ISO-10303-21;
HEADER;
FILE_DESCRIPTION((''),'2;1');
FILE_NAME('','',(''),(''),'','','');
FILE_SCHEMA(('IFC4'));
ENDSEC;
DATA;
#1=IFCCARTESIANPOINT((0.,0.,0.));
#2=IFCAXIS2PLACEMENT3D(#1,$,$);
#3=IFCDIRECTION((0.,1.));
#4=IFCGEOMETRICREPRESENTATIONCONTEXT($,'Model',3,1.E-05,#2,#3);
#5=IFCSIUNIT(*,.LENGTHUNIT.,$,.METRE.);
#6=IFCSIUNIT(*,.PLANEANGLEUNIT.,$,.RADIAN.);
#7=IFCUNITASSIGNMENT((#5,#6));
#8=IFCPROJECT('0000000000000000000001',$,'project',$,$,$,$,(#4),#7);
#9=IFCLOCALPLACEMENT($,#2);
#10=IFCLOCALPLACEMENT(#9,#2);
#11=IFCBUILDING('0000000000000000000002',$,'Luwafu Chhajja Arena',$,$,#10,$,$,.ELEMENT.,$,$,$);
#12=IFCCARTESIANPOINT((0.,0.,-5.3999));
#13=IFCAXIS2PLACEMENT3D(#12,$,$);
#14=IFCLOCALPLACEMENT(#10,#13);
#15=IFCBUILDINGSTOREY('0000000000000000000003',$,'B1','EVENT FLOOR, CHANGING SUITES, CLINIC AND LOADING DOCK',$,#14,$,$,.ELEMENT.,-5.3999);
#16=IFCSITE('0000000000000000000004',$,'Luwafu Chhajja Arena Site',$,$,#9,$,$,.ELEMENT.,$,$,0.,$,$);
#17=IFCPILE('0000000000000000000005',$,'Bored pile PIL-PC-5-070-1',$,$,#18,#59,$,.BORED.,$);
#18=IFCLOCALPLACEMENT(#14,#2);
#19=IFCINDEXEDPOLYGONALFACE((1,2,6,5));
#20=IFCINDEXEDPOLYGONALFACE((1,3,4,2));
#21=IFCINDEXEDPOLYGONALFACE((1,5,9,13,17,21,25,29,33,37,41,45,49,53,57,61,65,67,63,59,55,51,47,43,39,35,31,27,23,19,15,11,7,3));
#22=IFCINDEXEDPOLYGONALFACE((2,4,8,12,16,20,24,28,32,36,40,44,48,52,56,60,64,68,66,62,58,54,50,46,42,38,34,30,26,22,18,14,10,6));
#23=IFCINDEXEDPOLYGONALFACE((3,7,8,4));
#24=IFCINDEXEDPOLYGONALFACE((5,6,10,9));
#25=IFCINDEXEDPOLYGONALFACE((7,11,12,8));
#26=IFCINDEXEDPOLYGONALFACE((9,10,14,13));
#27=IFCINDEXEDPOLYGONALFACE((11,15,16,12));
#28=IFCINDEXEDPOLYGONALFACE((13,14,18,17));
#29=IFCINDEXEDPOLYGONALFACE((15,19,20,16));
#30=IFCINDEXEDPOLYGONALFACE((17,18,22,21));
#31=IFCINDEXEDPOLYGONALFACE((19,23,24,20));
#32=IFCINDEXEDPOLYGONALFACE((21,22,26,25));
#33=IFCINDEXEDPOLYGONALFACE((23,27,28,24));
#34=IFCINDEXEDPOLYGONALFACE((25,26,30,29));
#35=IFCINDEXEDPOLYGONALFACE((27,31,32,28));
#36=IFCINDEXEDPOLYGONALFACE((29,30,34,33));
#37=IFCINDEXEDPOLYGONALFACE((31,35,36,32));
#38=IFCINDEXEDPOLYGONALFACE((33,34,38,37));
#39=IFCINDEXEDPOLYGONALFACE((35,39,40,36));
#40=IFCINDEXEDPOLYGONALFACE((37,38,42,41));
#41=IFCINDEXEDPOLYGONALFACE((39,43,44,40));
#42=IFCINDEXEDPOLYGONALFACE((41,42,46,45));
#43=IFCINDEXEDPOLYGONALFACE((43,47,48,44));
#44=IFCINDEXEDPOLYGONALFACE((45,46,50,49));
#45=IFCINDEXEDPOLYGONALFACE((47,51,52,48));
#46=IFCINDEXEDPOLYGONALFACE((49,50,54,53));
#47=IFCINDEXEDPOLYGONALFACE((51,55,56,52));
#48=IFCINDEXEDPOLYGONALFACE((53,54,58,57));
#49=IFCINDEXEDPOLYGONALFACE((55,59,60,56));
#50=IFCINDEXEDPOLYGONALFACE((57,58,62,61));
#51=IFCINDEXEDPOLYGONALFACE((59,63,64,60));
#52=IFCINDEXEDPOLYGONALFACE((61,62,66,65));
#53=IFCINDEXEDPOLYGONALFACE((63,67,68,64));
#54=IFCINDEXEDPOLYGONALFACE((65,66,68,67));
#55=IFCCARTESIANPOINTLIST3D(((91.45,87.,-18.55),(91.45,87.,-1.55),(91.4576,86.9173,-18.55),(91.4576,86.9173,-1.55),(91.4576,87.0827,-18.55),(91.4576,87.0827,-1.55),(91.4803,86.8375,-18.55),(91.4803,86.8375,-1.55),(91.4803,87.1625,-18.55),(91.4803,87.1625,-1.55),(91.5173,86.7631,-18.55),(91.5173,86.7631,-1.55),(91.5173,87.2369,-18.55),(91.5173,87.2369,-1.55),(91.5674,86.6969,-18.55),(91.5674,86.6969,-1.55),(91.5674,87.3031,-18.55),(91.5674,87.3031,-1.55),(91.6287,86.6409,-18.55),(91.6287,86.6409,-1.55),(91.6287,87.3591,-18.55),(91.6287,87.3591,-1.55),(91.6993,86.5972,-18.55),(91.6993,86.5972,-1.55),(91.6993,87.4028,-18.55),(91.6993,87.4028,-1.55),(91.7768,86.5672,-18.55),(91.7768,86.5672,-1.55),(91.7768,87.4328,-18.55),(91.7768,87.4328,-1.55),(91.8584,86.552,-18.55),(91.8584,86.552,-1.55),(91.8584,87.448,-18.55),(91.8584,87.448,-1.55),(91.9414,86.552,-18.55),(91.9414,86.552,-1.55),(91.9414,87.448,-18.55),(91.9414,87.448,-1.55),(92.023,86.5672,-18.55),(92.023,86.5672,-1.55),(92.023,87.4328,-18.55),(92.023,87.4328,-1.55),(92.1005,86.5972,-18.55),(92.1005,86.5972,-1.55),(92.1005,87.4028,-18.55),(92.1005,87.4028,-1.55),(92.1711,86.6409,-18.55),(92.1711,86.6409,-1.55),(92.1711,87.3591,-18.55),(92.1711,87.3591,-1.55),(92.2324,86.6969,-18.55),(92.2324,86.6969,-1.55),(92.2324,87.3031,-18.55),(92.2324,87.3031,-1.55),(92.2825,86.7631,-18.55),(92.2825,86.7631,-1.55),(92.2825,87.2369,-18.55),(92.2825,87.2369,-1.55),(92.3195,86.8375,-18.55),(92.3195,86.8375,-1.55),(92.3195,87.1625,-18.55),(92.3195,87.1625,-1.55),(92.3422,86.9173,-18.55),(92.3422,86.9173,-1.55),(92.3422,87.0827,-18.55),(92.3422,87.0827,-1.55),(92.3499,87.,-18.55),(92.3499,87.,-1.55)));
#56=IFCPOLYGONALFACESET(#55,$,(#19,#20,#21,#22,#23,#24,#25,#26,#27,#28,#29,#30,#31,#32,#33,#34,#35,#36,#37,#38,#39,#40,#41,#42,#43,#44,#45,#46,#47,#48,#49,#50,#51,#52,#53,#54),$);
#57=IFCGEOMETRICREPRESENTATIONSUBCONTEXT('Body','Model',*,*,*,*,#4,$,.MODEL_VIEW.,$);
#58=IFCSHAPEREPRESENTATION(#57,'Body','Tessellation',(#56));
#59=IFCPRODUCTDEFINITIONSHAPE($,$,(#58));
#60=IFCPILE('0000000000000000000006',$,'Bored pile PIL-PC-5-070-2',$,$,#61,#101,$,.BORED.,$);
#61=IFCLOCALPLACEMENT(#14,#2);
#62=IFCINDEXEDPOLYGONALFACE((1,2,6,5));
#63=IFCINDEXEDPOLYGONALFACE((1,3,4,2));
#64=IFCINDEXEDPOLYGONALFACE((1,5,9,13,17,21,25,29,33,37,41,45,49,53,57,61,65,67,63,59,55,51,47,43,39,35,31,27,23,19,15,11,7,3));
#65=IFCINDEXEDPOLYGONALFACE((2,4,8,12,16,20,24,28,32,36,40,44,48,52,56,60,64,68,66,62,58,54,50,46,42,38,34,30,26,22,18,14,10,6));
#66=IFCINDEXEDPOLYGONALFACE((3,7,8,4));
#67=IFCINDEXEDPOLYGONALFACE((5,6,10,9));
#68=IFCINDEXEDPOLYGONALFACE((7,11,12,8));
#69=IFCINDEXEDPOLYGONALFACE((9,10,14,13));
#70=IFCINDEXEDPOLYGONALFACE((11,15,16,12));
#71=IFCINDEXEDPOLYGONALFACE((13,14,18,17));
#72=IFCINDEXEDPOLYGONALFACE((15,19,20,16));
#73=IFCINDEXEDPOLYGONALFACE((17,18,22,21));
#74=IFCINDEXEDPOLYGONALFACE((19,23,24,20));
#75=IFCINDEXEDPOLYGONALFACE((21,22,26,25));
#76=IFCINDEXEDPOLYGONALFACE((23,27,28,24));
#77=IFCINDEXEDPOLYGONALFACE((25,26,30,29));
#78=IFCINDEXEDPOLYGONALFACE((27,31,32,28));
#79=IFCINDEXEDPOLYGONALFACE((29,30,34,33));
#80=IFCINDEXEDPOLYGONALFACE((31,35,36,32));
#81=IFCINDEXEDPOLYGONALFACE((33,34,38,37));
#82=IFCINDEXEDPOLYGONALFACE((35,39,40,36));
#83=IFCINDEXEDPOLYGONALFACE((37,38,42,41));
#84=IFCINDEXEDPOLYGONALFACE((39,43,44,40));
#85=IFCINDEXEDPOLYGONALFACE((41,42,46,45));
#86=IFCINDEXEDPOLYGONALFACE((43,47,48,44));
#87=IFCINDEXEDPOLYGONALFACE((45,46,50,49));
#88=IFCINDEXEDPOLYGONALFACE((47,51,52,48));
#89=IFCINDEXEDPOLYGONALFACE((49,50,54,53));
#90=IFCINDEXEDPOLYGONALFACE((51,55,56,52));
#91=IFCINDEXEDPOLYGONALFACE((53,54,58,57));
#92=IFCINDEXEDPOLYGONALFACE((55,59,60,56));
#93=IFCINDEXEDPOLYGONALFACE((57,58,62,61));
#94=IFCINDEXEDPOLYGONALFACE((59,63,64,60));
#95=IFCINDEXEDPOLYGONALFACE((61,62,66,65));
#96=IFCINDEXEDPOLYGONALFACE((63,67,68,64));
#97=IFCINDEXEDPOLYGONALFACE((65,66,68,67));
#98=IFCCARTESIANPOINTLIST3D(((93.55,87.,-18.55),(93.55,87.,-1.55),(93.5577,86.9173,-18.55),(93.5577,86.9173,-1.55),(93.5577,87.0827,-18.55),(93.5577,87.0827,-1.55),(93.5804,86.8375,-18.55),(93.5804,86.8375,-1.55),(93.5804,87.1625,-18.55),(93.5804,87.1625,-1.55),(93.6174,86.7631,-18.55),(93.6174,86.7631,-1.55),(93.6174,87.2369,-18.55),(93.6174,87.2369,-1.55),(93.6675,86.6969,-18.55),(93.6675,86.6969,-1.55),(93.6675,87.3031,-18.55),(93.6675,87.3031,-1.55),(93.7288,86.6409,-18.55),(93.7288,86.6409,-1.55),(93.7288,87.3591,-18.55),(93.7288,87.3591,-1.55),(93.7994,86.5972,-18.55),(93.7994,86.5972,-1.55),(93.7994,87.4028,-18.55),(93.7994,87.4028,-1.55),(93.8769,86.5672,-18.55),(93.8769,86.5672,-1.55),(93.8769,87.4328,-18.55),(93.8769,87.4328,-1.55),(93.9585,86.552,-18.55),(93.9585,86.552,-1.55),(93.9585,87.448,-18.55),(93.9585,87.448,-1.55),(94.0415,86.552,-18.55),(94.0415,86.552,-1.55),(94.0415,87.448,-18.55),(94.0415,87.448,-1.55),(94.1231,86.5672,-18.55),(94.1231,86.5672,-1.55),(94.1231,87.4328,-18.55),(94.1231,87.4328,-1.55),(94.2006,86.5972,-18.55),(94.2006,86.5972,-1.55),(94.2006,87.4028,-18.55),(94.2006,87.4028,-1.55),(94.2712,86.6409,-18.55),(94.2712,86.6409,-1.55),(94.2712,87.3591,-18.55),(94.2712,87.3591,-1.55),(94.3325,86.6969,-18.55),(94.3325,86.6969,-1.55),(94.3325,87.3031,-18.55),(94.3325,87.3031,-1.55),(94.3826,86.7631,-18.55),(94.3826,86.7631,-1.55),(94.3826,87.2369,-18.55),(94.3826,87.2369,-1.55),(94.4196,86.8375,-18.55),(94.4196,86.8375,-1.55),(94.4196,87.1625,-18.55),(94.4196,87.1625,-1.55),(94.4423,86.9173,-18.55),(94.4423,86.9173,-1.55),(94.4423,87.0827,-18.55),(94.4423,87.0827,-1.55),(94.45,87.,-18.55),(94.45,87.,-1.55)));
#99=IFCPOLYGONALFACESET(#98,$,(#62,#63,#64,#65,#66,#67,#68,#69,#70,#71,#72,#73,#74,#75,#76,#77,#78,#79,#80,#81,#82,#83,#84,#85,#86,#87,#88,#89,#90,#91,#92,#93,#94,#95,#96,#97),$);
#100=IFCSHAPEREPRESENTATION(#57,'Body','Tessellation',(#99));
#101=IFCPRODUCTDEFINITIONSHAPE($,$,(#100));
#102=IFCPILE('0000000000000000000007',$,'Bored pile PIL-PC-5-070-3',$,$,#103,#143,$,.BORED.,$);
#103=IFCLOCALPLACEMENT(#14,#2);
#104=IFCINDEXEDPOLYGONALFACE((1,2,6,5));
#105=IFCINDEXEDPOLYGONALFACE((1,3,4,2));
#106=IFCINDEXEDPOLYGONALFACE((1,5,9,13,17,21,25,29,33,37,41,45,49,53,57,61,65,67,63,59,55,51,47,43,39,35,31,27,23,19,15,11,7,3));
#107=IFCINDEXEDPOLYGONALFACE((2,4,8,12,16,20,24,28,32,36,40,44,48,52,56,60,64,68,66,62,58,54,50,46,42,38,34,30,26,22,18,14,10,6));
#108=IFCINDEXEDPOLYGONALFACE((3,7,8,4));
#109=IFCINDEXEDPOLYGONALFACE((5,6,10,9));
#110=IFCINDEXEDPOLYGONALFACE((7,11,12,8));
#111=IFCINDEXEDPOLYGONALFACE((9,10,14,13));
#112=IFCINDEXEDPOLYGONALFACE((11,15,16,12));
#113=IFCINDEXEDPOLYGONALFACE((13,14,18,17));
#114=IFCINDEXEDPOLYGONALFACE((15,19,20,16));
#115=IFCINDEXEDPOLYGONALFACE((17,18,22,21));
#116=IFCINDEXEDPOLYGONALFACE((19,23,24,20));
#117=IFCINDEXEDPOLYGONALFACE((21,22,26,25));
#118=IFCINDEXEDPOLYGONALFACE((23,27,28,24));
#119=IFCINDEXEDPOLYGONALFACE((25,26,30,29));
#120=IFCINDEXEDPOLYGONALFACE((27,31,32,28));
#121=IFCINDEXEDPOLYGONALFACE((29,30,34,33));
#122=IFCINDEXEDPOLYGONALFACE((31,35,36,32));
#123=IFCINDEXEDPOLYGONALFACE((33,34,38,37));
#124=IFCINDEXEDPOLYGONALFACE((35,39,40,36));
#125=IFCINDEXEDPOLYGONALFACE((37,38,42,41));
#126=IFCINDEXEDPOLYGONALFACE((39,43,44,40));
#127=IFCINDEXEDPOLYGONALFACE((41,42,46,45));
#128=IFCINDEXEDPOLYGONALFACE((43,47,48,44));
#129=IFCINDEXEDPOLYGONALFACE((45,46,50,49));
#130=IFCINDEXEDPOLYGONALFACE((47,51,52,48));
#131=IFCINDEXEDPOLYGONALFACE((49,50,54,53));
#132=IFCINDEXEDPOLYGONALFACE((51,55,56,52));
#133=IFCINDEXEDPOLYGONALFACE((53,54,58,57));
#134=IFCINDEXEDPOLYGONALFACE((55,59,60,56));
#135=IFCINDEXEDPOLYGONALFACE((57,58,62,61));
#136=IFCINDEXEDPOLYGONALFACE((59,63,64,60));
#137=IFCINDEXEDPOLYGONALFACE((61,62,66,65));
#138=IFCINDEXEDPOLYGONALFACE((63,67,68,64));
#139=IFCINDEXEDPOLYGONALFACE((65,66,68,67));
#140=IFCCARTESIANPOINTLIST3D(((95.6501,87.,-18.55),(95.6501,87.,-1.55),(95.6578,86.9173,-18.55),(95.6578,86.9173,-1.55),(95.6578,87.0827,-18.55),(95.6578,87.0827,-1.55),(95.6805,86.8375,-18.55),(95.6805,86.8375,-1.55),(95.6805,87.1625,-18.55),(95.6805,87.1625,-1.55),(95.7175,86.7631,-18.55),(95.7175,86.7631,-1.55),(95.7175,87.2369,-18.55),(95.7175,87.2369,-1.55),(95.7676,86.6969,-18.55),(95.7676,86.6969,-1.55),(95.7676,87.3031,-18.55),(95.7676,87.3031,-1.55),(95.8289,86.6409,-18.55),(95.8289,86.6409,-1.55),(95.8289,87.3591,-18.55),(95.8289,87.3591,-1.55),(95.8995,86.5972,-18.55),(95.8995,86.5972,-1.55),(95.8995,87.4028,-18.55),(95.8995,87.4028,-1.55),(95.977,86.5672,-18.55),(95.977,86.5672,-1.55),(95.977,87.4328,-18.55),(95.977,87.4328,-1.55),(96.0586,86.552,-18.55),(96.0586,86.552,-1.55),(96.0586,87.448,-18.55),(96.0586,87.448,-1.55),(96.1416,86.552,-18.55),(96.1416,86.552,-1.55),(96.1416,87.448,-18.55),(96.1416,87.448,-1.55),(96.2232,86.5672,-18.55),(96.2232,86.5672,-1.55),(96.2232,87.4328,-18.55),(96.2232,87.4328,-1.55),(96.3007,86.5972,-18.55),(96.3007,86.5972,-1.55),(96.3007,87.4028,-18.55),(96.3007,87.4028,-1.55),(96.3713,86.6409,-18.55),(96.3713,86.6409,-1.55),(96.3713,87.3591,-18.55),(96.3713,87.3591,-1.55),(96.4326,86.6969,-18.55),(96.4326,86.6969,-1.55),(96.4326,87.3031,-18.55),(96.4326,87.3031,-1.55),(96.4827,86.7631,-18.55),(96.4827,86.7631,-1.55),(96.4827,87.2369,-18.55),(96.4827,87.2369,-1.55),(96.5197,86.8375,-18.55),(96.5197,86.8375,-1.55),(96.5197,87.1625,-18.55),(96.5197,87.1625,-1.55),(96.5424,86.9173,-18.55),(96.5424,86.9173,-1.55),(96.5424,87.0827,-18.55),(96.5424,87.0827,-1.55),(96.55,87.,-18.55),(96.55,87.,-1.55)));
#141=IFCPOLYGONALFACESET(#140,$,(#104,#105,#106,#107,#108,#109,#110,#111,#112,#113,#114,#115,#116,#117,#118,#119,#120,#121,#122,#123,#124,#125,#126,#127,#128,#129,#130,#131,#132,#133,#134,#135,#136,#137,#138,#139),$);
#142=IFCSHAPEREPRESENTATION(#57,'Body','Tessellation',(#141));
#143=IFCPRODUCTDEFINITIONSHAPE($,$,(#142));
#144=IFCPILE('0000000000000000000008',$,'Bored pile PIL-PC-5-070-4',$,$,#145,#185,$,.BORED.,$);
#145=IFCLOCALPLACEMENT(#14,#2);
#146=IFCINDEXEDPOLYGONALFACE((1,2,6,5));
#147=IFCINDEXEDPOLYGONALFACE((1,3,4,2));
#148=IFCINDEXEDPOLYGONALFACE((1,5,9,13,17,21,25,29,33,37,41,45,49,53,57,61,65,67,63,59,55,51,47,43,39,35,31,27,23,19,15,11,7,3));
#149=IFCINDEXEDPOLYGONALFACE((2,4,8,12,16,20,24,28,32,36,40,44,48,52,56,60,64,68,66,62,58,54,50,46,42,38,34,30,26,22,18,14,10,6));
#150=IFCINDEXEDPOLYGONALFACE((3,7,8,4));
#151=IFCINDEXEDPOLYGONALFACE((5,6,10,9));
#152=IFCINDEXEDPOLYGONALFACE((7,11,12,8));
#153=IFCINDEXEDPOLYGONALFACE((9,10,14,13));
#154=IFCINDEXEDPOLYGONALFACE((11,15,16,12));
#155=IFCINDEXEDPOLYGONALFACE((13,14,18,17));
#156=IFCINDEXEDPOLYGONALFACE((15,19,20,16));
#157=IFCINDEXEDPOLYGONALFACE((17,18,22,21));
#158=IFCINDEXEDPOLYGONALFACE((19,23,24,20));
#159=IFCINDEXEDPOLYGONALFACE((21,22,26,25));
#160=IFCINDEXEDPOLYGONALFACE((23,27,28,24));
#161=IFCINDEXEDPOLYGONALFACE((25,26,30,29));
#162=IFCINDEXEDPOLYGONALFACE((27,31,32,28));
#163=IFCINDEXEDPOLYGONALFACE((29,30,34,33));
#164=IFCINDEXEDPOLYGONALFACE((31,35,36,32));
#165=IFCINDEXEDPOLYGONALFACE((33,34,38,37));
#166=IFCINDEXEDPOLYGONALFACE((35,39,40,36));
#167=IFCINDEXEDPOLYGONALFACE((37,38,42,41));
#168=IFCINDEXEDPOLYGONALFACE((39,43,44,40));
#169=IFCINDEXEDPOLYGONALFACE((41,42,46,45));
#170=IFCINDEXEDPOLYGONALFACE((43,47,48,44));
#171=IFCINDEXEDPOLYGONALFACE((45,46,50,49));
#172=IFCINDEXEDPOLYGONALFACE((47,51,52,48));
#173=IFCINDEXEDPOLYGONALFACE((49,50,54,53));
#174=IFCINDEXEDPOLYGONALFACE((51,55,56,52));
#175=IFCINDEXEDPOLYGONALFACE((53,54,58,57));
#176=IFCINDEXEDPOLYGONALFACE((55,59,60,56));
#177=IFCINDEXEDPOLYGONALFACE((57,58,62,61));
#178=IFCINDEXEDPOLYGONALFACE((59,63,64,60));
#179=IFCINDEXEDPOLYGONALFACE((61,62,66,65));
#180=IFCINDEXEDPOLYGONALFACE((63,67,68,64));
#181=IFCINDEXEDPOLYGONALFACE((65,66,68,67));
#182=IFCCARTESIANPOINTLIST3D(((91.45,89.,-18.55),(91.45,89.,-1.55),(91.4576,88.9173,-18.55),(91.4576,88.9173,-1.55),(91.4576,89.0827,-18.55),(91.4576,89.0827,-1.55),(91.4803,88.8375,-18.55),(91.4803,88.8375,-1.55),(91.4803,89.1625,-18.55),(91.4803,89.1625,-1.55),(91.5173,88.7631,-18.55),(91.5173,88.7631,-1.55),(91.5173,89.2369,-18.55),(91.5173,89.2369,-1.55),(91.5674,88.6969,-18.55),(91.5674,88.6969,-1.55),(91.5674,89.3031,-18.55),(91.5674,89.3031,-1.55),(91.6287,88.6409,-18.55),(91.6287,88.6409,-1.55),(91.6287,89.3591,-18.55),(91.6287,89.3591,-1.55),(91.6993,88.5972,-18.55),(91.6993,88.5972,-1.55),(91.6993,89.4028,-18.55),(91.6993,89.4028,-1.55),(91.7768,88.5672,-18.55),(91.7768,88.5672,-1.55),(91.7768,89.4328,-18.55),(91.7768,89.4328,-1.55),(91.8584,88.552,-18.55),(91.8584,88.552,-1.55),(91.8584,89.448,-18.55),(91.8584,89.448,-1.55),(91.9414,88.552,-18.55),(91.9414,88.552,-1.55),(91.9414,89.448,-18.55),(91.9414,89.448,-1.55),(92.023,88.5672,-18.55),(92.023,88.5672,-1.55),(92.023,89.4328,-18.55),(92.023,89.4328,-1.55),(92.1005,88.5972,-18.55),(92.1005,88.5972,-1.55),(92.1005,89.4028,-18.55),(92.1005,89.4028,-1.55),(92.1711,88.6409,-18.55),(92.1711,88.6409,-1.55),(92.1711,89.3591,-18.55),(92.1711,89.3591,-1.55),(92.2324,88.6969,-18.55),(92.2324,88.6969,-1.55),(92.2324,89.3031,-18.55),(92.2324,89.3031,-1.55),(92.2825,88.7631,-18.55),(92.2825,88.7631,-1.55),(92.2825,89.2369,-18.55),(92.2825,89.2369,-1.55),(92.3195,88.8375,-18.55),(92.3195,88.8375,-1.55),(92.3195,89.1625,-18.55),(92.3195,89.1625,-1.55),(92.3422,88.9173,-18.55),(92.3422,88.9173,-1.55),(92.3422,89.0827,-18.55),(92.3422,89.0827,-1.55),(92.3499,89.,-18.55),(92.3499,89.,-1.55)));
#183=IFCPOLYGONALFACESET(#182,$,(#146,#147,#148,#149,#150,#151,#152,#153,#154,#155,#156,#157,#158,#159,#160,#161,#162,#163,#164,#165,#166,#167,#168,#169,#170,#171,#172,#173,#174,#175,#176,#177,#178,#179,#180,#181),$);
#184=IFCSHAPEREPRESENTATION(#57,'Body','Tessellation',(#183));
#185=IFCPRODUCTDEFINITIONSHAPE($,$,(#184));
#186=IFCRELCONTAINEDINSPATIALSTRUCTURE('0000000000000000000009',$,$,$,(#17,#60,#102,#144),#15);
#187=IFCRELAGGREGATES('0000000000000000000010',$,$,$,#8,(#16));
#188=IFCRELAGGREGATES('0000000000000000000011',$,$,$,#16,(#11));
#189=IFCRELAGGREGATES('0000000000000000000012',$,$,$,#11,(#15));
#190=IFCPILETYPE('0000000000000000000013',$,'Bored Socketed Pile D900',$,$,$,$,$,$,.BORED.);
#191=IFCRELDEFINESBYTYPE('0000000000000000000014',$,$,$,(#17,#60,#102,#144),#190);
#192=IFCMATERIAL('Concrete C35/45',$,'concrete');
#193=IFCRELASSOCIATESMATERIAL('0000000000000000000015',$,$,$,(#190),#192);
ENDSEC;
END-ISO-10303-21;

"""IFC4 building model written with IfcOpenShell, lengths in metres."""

from ifc_helpers import new_model, si_unit, direction, frame, origin, origin_2d, place, context, subcontext, project, spatial, circle, extrude, material, material_profile, profile_set, type_object, element, save


model = new_model("IFC4")

# Units and contexts
model_context = context("Model", 3, precision=1e-05, world=origin(), true_north=direction((0.0, 1.0)))
body_context = subcontext(model_context, "Body", "Model", "MODEL_VIEW")
ifc_project = project(units=[si_unit("LENGTHUNIT", "METRE"), si_unit("PLANEANGLEUNIT", "RADIAN")], contexts=[model_context])

# Site, building, storey
site_placement = place(None, origin())
site = spatial("IfcSite", under=ifc_project, at=site_placement, Name="Luwafu Chhajja Arena Site", CompositionType="ELEMENT", RefElevation=0.0)
building_placement = place(site_placement, origin())
building = spatial("IfcBuilding", under=site, at=building_placement, Name="Luwafu Chhajja Arena", CompositionType="ELEMENT")
storey_placement = place(building_placement, frame((0.0, 0.0, -5.3999)))
storey = spatial("IfcBuildingStorey", under=building, at=storey_placement, Name="B1", Description="EVENT FLOOR, CHANGING SUITES, CLINIC AND LOADING DOCK", CompositionType="ELEMENT", Elevation=-5.3999)

# Piles
ifc_material_1 = material(Name="Concrete C35/45", Category="concrete")
ifc_material_profile_1 = material_profile(ifc_material_1, circle(Radius=0.45, at=origin_2d()), Name="PILE D900")
ifc_profile_set_1 = profile_set([ifc_material_profile_1], Name="Concrete C35/45")
pile_type_1 = type_object("IfcPileType", Name="Bored Socketed Pile D900", PredefinedType="BORED", material=ifc_profile_set_1)
for number, where, z_axis, x_axis, name in (
    (1, (91.8999, 87.0, -1.55), (0.0, 0.0, -1.0), (1.0, 0.0, 0.0), "Bored pile PIL-PC-5-070-1"),
    (2, (94.0, 87.0, -1.55), (0.0, 0.0, -1.0), (1.0, 0.0, 0.0), "Bored pile PIL-PC-5-070-2"),
    (3, (96.1001, 87.0, -1.55), (0.0, 0.0, -1.0), (1.0, 0.0, 0.0), "Bored pile PIL-PC-5-070-3"),
    (4, (91.8999, 89.0, -1.55), (0.0, 0.0, -1.0), (1.0, 0.0, 0.0), "Bored pile PIL-PC-5-070-4"),
):
    element("IfcPile", number, at=place(storey_placement, frame(where, z_axis=z_axis, x_axis=x_axis)), inside=storey, type_object=pile_type_1, Name=name, PredefinedType="BORED", context=body_context, shape_type="SweptSolid", body=[
        extrude(circle(Radius=0.45, at=origin_2d()), origin(), (0.0, 0.0, 1.0), 17.0),
    ])

save(model, "model.ifc")
